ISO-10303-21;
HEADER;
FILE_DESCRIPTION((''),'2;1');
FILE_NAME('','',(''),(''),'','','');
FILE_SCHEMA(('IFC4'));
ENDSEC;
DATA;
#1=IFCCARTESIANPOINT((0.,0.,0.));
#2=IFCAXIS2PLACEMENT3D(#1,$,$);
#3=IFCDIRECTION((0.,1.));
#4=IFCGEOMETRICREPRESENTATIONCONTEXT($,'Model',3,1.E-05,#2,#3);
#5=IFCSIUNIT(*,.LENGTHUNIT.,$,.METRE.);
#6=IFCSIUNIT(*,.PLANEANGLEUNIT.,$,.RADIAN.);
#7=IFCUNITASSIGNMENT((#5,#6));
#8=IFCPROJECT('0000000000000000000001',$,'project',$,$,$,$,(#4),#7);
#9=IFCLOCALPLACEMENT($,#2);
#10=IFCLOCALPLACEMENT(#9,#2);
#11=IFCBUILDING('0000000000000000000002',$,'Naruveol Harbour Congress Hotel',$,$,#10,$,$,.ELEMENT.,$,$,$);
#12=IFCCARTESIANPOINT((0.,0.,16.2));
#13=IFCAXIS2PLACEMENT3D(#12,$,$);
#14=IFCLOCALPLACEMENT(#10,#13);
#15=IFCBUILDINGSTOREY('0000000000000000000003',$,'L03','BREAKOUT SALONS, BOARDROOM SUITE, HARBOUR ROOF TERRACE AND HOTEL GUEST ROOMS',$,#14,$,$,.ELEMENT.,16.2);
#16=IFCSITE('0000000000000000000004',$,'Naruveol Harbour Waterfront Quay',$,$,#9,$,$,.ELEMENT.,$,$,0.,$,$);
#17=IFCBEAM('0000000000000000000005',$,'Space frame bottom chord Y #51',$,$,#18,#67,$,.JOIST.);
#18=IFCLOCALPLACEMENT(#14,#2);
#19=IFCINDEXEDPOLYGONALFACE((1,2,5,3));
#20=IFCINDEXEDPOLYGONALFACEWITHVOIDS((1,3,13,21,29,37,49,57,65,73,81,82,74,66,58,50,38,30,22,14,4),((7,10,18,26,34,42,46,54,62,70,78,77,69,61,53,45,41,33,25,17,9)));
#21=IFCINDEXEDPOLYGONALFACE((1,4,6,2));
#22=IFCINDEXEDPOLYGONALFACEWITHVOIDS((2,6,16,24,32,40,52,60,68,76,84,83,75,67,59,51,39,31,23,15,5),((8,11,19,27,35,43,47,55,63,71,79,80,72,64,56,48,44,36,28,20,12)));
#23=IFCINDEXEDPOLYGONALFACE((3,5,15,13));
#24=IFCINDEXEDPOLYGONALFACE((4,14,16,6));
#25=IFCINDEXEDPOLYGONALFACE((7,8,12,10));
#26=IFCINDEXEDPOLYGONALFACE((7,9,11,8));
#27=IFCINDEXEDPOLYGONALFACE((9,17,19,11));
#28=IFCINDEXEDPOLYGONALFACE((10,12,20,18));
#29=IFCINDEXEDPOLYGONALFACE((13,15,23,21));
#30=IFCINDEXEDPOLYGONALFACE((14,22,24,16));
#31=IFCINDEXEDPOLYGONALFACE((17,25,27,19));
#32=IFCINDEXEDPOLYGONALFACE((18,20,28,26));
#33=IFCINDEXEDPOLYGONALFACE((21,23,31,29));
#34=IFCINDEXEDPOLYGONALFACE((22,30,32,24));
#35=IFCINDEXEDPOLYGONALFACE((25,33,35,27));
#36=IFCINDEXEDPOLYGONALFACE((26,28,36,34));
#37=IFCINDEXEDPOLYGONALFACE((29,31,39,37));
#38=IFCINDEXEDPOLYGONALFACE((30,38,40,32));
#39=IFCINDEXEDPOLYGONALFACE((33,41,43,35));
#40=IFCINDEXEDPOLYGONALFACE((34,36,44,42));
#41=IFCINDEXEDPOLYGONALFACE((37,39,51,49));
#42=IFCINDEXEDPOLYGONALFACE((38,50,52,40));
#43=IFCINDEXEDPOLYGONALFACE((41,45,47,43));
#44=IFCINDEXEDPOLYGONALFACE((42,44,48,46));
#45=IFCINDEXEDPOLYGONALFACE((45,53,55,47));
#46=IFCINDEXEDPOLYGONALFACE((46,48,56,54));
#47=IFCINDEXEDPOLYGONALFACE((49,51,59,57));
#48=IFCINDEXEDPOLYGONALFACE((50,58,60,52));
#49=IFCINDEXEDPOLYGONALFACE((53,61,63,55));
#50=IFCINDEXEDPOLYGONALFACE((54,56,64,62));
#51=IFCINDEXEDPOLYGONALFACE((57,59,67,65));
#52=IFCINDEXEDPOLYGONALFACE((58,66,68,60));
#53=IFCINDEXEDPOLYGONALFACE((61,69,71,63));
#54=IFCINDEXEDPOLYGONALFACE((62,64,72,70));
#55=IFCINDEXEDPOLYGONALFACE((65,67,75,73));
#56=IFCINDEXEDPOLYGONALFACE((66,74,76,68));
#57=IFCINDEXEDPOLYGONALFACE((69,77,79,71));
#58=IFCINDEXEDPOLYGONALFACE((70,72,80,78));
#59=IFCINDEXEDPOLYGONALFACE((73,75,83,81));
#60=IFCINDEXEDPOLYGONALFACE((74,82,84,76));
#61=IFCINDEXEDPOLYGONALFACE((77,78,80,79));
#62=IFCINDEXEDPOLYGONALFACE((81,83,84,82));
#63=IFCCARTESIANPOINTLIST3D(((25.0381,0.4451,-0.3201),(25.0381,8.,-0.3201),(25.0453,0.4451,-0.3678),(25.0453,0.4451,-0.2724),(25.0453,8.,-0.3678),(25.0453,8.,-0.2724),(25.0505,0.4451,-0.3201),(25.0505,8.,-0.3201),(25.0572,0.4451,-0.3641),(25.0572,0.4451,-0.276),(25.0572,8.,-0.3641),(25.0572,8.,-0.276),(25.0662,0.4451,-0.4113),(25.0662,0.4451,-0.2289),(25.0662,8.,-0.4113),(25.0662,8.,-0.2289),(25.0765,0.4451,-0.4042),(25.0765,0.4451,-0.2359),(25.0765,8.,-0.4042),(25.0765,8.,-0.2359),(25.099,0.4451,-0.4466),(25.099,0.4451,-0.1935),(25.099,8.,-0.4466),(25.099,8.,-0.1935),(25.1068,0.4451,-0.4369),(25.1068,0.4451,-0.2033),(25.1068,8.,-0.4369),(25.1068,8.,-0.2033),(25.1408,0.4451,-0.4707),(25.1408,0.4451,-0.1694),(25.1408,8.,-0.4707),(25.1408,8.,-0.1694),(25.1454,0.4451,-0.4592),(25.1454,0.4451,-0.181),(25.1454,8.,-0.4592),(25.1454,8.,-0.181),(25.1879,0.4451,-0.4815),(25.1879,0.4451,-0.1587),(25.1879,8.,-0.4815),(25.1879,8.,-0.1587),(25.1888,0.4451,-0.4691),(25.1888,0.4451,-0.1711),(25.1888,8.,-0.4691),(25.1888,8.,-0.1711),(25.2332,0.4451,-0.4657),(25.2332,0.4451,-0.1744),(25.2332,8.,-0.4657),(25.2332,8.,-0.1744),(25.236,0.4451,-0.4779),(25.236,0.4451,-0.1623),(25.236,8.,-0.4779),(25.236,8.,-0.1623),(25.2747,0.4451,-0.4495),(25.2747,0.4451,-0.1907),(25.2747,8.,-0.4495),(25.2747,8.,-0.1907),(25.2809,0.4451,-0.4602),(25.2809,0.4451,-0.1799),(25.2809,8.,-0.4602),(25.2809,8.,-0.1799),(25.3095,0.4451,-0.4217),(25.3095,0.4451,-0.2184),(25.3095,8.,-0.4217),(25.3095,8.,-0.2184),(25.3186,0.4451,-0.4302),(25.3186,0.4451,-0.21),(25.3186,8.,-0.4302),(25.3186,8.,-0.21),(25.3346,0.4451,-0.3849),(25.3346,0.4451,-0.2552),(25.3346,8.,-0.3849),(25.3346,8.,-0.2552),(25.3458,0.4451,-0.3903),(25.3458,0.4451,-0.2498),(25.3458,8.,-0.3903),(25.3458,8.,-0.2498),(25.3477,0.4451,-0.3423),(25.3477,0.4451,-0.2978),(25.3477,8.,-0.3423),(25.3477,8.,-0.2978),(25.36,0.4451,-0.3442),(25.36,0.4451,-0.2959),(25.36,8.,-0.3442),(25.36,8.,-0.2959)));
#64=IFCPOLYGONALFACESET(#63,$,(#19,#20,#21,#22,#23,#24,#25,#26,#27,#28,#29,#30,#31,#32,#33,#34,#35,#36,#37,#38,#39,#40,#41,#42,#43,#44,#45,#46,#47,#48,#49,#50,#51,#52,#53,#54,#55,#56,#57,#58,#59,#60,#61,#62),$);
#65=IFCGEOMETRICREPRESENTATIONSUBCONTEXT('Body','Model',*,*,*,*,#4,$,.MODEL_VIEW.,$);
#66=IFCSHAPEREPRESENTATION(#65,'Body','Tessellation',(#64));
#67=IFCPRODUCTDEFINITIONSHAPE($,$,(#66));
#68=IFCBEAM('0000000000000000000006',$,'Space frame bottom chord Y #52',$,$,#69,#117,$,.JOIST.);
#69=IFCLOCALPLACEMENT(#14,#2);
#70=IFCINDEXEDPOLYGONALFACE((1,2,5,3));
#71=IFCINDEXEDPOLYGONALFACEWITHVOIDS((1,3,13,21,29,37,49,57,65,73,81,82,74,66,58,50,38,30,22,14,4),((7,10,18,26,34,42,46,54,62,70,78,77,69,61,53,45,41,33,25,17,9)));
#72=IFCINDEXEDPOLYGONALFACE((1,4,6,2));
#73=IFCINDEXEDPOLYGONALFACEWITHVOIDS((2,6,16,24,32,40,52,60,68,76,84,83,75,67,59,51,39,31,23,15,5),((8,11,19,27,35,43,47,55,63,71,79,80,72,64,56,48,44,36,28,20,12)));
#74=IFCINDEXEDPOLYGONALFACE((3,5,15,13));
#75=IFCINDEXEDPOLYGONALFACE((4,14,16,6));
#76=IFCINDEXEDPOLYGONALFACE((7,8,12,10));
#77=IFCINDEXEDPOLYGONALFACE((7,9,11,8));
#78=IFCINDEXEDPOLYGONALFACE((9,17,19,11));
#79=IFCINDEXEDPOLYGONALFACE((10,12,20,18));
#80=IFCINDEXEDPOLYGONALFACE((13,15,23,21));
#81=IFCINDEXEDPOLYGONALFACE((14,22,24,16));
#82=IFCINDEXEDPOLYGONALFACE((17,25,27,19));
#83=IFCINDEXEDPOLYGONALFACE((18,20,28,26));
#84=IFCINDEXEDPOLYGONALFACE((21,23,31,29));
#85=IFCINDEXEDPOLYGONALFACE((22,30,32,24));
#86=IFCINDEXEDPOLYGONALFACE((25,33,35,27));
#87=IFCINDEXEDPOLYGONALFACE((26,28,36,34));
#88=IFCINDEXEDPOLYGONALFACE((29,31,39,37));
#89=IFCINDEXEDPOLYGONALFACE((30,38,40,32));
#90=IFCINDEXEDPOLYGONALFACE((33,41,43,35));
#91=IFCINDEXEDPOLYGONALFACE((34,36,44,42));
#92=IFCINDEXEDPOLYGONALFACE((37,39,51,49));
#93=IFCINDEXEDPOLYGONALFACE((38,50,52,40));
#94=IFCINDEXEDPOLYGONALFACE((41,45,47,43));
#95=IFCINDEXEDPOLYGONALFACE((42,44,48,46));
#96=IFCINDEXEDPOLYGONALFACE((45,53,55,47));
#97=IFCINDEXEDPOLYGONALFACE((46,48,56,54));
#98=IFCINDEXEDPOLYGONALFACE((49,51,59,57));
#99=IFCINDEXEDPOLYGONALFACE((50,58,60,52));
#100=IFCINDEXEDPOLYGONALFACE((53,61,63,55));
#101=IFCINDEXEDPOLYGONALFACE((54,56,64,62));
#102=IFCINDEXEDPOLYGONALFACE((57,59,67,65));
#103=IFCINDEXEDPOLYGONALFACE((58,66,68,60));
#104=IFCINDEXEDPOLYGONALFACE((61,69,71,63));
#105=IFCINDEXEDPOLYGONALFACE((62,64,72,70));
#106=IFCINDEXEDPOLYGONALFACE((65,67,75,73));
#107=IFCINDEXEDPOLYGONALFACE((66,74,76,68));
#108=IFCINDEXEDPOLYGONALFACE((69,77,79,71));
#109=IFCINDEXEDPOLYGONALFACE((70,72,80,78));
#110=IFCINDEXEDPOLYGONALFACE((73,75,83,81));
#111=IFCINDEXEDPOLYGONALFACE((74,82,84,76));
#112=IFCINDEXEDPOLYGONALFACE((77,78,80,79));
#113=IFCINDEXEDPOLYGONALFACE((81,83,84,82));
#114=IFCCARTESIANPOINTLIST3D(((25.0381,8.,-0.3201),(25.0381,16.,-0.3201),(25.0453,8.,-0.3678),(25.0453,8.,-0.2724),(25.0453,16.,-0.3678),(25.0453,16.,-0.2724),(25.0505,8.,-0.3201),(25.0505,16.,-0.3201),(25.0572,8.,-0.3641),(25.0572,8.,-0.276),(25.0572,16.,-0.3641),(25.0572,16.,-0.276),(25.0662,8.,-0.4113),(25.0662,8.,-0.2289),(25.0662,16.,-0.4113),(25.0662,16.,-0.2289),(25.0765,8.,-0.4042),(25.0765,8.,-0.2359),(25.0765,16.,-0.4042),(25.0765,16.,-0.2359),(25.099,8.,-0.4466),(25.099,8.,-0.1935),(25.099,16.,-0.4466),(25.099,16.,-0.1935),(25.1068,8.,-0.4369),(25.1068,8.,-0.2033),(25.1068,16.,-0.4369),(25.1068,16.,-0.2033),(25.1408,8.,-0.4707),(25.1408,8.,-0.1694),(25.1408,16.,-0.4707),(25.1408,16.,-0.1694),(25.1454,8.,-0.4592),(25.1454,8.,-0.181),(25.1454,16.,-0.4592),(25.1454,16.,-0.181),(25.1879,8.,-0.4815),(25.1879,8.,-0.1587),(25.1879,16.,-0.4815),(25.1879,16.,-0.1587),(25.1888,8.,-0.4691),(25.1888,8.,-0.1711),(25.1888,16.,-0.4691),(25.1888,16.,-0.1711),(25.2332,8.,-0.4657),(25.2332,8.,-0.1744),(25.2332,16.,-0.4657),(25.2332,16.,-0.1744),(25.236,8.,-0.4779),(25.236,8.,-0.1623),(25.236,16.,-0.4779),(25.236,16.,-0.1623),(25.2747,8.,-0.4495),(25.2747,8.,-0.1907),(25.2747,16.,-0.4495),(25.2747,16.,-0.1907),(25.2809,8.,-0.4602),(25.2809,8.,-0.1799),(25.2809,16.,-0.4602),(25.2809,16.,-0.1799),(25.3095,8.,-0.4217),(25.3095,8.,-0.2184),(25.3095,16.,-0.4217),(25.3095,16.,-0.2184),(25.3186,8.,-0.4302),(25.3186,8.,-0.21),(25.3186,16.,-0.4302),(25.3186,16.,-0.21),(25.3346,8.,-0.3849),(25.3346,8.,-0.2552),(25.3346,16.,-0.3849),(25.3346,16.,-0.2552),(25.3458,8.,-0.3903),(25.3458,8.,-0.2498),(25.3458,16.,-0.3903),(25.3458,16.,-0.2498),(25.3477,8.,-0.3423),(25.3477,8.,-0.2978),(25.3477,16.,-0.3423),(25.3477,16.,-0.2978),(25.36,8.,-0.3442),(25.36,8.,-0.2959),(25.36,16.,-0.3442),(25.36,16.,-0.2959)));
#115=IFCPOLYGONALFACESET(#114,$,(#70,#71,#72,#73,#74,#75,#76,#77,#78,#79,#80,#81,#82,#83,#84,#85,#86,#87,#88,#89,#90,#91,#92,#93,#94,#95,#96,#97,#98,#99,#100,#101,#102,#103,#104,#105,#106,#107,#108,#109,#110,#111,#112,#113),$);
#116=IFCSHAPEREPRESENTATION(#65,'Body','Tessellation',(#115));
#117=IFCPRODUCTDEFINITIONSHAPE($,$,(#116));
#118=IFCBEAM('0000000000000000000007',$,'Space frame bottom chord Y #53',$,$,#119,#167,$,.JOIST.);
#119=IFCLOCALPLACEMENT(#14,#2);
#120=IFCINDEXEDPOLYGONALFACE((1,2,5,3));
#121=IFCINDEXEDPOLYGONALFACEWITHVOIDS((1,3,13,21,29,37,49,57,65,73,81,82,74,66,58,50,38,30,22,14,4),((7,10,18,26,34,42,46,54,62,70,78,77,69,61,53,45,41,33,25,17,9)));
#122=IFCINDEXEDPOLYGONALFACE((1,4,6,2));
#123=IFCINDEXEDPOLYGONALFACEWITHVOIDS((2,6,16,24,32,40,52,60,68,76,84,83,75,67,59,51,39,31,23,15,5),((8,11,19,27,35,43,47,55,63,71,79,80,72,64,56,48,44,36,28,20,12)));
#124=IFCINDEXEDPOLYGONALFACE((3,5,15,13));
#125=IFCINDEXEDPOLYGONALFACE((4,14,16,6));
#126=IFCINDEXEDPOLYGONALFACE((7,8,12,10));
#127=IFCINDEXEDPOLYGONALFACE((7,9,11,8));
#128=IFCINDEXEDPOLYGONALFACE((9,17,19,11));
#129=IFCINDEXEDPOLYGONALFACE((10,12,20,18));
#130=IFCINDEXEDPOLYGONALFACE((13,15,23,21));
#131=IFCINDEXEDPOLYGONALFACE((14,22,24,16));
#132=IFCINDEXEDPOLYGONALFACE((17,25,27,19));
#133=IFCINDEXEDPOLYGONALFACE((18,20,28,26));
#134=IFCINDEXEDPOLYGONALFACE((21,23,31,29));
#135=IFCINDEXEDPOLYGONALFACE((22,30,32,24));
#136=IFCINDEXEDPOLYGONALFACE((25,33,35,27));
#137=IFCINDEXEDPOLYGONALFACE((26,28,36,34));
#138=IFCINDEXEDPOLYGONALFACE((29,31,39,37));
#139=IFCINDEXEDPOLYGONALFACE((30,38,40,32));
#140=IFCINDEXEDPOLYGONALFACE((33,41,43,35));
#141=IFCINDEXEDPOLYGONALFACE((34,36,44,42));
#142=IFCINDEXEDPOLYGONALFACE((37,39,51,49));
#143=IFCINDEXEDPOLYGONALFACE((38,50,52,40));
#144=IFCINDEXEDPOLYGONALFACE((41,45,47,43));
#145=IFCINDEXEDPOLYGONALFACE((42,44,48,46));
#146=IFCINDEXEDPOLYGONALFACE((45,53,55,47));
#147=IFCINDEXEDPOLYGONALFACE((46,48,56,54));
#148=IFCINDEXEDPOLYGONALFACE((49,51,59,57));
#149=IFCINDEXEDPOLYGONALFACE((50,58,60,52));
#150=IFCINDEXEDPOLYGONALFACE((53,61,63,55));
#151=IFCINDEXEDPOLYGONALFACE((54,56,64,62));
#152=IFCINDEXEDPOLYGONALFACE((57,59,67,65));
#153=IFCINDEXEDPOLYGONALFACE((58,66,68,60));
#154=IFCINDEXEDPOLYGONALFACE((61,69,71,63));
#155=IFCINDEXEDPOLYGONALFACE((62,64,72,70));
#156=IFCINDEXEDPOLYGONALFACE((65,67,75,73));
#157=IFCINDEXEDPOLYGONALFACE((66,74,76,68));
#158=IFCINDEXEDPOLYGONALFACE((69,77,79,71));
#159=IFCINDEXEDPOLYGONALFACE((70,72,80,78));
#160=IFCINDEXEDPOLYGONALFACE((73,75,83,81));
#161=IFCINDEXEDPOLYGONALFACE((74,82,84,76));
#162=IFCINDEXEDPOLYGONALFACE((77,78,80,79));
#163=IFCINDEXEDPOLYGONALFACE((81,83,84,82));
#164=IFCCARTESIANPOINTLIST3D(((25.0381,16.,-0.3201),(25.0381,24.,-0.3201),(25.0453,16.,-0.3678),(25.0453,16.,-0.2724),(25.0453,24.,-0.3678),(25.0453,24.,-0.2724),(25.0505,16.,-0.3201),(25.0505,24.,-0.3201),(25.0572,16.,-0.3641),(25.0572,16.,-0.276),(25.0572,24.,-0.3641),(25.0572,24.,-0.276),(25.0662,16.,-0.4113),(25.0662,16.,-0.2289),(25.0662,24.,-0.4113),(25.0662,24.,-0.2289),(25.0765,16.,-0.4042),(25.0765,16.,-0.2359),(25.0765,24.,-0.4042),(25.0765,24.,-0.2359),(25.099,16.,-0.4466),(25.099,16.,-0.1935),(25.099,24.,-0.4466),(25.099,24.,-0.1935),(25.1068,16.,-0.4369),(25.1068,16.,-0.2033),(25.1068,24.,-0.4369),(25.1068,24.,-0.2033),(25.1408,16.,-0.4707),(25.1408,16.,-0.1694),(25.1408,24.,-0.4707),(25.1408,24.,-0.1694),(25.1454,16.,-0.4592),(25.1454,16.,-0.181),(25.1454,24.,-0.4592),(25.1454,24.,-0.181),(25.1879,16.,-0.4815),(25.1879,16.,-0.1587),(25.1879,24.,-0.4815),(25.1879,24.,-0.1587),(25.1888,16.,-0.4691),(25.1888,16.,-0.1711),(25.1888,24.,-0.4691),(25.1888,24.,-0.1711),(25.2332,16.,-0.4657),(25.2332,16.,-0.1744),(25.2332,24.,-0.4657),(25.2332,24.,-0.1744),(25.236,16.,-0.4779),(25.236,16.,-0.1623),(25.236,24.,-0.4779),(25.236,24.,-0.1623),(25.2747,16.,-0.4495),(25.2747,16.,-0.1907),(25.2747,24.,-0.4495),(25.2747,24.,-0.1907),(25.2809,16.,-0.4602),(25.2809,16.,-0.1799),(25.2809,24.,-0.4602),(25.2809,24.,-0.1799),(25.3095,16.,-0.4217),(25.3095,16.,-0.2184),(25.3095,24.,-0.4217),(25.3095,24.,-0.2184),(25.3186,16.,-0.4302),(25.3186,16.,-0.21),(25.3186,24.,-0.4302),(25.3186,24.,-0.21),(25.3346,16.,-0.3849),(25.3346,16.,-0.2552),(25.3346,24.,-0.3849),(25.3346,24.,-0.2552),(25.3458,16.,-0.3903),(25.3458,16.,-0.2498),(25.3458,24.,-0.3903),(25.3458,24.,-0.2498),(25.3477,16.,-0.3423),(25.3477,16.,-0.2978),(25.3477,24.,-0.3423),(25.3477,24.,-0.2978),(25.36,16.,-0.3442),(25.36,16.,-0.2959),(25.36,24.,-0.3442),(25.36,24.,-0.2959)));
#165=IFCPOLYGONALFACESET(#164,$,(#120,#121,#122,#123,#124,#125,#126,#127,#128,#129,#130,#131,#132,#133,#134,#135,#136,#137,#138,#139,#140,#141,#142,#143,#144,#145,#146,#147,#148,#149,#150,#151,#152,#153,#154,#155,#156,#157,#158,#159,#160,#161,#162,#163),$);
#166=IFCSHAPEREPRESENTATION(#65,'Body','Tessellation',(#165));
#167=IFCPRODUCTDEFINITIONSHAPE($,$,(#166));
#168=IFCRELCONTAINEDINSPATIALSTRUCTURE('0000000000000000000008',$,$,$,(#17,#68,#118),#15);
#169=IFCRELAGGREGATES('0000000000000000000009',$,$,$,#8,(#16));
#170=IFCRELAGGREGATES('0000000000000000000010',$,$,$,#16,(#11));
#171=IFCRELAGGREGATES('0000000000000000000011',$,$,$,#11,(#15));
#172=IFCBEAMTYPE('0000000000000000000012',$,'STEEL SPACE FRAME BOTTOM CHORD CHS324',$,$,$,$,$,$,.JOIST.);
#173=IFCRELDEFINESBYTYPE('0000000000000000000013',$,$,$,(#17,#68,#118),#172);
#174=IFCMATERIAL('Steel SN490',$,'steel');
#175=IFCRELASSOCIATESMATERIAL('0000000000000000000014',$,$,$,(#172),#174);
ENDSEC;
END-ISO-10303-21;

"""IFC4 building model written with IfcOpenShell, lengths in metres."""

from ifc_helpers import new_model, si_unit, direction, frame, origin, origin_2d, place, context, subcontext, project, spatial, hollow_circle, extrude, material, material_profile, profile_set, type_object, element, save


model = new_model("IFC4")

# Units and contexts
model_context = context("Model", 3, precision=1e-05, world=origin(), true_north=direction((0.0, 1.0)))
body_context = subcontext(model_context, "Body", "Model", "MODEL_VIEW")
ifc_project = project(units=[si_unit("LENGTHUNIT", "METRE"), si_unit("PLANEANGLEUNIT", "RADIAN")], contexts=[model_context])

# Site, building, storey
site_placement = place(None, origin())
site = spatial("IfcSite", under=ifc_project, at=site_placement, Name="Naruveol Harbour Waterfront Quay", CompositionType="ELEMENT", RefElevation=0.0)
building_placement = place(site_placement, origin())
building = spatial("IfcBuilding", under=site, at=building_placement, Name="Naruveol Harbour Congress Hotel", CompositionType="ELEMENT")
storey_placement = place(building_placement, frame((0.0, 0.0, 16.2)))
storey = spatial("IfcBuildingStorey", under=building, at=storey_placement, Name="L03", Description="BREAKOUT SALONS, BOARDROOM SUITE, HARBOUR ROOF TERRACE AND HOTEL GUEST ROOMS", CompositionType="ELEMENT", Elevation=16.2)

# Beams
ifc_material_1 = material(Name="Steel SN490", Category="steel")
ifc_material_profile_1 = material_profile(ifc_material_1, hollow_circle(Radius=0.1619, WallThickness=0.0125, at=origin_2d()), Name="CHS-323.9x12.5")
ifc_profile_set_1 = profile_set([ifc_material_profile_1], Name="Steel SN490")
beam_type_1 = type_object("IfcBeamType", Name="STEEL SPACE FRAME BOTTOM CHORD CHS324", PredefinedType="JOIST", material=ifc_profile_set_1)
beam_1_placement = place(storey_placement, frame((25.2, 0.4451, -0.3201), z_axis=(0.0, 1.0, 0.0), x_axis=(-1.0, 0.0, 0.0)))
element("IfcBeam", 1, at=beam_1_placement, inside=storey, type_object=beam_type_1, Name="Space frame bottom chord Y #51", PredefinedType="JOIST", context=body_context, shape_type="SweptSolid", body=[
    extrude(hollow_circle(Radius=0.1619, WallThickness=0.0125, at=origin_2d()), origin(), (0.0, 0.0, 1.0), 7.5549),
])
for number, where, z_axis, x_axis, name in (
    (2, (25.2, 8.0, -0.3201), (0.0, 1.0, 0.0), (-1.0, 0.0, 0.0), "Space frame bottom chord Y #52"),
    (3, (25.2, 16.0, -0.3201), (0.0, 1.0, 0.0), (-1.0, 0.0, 0.0), "Space frame bottom chord Y #53"),
):
    element("IfcBeam", number, at=place(storey_placement, frame(where, z_axis=z_axis, x_axis=x_axis)), inside=storey, type_object=beam_type_1, Name=name, PredefinedType="JOIST", context=body_context, shape_type="SweptSolid", body=[
        extrude(hollow_circle(Radius=0.1619, WallThickness=0.0125, at=origin_2d()), origin(), (0.0, 0.0, 1.0), 8.0),
    ])

save(model, "model.ifc")
